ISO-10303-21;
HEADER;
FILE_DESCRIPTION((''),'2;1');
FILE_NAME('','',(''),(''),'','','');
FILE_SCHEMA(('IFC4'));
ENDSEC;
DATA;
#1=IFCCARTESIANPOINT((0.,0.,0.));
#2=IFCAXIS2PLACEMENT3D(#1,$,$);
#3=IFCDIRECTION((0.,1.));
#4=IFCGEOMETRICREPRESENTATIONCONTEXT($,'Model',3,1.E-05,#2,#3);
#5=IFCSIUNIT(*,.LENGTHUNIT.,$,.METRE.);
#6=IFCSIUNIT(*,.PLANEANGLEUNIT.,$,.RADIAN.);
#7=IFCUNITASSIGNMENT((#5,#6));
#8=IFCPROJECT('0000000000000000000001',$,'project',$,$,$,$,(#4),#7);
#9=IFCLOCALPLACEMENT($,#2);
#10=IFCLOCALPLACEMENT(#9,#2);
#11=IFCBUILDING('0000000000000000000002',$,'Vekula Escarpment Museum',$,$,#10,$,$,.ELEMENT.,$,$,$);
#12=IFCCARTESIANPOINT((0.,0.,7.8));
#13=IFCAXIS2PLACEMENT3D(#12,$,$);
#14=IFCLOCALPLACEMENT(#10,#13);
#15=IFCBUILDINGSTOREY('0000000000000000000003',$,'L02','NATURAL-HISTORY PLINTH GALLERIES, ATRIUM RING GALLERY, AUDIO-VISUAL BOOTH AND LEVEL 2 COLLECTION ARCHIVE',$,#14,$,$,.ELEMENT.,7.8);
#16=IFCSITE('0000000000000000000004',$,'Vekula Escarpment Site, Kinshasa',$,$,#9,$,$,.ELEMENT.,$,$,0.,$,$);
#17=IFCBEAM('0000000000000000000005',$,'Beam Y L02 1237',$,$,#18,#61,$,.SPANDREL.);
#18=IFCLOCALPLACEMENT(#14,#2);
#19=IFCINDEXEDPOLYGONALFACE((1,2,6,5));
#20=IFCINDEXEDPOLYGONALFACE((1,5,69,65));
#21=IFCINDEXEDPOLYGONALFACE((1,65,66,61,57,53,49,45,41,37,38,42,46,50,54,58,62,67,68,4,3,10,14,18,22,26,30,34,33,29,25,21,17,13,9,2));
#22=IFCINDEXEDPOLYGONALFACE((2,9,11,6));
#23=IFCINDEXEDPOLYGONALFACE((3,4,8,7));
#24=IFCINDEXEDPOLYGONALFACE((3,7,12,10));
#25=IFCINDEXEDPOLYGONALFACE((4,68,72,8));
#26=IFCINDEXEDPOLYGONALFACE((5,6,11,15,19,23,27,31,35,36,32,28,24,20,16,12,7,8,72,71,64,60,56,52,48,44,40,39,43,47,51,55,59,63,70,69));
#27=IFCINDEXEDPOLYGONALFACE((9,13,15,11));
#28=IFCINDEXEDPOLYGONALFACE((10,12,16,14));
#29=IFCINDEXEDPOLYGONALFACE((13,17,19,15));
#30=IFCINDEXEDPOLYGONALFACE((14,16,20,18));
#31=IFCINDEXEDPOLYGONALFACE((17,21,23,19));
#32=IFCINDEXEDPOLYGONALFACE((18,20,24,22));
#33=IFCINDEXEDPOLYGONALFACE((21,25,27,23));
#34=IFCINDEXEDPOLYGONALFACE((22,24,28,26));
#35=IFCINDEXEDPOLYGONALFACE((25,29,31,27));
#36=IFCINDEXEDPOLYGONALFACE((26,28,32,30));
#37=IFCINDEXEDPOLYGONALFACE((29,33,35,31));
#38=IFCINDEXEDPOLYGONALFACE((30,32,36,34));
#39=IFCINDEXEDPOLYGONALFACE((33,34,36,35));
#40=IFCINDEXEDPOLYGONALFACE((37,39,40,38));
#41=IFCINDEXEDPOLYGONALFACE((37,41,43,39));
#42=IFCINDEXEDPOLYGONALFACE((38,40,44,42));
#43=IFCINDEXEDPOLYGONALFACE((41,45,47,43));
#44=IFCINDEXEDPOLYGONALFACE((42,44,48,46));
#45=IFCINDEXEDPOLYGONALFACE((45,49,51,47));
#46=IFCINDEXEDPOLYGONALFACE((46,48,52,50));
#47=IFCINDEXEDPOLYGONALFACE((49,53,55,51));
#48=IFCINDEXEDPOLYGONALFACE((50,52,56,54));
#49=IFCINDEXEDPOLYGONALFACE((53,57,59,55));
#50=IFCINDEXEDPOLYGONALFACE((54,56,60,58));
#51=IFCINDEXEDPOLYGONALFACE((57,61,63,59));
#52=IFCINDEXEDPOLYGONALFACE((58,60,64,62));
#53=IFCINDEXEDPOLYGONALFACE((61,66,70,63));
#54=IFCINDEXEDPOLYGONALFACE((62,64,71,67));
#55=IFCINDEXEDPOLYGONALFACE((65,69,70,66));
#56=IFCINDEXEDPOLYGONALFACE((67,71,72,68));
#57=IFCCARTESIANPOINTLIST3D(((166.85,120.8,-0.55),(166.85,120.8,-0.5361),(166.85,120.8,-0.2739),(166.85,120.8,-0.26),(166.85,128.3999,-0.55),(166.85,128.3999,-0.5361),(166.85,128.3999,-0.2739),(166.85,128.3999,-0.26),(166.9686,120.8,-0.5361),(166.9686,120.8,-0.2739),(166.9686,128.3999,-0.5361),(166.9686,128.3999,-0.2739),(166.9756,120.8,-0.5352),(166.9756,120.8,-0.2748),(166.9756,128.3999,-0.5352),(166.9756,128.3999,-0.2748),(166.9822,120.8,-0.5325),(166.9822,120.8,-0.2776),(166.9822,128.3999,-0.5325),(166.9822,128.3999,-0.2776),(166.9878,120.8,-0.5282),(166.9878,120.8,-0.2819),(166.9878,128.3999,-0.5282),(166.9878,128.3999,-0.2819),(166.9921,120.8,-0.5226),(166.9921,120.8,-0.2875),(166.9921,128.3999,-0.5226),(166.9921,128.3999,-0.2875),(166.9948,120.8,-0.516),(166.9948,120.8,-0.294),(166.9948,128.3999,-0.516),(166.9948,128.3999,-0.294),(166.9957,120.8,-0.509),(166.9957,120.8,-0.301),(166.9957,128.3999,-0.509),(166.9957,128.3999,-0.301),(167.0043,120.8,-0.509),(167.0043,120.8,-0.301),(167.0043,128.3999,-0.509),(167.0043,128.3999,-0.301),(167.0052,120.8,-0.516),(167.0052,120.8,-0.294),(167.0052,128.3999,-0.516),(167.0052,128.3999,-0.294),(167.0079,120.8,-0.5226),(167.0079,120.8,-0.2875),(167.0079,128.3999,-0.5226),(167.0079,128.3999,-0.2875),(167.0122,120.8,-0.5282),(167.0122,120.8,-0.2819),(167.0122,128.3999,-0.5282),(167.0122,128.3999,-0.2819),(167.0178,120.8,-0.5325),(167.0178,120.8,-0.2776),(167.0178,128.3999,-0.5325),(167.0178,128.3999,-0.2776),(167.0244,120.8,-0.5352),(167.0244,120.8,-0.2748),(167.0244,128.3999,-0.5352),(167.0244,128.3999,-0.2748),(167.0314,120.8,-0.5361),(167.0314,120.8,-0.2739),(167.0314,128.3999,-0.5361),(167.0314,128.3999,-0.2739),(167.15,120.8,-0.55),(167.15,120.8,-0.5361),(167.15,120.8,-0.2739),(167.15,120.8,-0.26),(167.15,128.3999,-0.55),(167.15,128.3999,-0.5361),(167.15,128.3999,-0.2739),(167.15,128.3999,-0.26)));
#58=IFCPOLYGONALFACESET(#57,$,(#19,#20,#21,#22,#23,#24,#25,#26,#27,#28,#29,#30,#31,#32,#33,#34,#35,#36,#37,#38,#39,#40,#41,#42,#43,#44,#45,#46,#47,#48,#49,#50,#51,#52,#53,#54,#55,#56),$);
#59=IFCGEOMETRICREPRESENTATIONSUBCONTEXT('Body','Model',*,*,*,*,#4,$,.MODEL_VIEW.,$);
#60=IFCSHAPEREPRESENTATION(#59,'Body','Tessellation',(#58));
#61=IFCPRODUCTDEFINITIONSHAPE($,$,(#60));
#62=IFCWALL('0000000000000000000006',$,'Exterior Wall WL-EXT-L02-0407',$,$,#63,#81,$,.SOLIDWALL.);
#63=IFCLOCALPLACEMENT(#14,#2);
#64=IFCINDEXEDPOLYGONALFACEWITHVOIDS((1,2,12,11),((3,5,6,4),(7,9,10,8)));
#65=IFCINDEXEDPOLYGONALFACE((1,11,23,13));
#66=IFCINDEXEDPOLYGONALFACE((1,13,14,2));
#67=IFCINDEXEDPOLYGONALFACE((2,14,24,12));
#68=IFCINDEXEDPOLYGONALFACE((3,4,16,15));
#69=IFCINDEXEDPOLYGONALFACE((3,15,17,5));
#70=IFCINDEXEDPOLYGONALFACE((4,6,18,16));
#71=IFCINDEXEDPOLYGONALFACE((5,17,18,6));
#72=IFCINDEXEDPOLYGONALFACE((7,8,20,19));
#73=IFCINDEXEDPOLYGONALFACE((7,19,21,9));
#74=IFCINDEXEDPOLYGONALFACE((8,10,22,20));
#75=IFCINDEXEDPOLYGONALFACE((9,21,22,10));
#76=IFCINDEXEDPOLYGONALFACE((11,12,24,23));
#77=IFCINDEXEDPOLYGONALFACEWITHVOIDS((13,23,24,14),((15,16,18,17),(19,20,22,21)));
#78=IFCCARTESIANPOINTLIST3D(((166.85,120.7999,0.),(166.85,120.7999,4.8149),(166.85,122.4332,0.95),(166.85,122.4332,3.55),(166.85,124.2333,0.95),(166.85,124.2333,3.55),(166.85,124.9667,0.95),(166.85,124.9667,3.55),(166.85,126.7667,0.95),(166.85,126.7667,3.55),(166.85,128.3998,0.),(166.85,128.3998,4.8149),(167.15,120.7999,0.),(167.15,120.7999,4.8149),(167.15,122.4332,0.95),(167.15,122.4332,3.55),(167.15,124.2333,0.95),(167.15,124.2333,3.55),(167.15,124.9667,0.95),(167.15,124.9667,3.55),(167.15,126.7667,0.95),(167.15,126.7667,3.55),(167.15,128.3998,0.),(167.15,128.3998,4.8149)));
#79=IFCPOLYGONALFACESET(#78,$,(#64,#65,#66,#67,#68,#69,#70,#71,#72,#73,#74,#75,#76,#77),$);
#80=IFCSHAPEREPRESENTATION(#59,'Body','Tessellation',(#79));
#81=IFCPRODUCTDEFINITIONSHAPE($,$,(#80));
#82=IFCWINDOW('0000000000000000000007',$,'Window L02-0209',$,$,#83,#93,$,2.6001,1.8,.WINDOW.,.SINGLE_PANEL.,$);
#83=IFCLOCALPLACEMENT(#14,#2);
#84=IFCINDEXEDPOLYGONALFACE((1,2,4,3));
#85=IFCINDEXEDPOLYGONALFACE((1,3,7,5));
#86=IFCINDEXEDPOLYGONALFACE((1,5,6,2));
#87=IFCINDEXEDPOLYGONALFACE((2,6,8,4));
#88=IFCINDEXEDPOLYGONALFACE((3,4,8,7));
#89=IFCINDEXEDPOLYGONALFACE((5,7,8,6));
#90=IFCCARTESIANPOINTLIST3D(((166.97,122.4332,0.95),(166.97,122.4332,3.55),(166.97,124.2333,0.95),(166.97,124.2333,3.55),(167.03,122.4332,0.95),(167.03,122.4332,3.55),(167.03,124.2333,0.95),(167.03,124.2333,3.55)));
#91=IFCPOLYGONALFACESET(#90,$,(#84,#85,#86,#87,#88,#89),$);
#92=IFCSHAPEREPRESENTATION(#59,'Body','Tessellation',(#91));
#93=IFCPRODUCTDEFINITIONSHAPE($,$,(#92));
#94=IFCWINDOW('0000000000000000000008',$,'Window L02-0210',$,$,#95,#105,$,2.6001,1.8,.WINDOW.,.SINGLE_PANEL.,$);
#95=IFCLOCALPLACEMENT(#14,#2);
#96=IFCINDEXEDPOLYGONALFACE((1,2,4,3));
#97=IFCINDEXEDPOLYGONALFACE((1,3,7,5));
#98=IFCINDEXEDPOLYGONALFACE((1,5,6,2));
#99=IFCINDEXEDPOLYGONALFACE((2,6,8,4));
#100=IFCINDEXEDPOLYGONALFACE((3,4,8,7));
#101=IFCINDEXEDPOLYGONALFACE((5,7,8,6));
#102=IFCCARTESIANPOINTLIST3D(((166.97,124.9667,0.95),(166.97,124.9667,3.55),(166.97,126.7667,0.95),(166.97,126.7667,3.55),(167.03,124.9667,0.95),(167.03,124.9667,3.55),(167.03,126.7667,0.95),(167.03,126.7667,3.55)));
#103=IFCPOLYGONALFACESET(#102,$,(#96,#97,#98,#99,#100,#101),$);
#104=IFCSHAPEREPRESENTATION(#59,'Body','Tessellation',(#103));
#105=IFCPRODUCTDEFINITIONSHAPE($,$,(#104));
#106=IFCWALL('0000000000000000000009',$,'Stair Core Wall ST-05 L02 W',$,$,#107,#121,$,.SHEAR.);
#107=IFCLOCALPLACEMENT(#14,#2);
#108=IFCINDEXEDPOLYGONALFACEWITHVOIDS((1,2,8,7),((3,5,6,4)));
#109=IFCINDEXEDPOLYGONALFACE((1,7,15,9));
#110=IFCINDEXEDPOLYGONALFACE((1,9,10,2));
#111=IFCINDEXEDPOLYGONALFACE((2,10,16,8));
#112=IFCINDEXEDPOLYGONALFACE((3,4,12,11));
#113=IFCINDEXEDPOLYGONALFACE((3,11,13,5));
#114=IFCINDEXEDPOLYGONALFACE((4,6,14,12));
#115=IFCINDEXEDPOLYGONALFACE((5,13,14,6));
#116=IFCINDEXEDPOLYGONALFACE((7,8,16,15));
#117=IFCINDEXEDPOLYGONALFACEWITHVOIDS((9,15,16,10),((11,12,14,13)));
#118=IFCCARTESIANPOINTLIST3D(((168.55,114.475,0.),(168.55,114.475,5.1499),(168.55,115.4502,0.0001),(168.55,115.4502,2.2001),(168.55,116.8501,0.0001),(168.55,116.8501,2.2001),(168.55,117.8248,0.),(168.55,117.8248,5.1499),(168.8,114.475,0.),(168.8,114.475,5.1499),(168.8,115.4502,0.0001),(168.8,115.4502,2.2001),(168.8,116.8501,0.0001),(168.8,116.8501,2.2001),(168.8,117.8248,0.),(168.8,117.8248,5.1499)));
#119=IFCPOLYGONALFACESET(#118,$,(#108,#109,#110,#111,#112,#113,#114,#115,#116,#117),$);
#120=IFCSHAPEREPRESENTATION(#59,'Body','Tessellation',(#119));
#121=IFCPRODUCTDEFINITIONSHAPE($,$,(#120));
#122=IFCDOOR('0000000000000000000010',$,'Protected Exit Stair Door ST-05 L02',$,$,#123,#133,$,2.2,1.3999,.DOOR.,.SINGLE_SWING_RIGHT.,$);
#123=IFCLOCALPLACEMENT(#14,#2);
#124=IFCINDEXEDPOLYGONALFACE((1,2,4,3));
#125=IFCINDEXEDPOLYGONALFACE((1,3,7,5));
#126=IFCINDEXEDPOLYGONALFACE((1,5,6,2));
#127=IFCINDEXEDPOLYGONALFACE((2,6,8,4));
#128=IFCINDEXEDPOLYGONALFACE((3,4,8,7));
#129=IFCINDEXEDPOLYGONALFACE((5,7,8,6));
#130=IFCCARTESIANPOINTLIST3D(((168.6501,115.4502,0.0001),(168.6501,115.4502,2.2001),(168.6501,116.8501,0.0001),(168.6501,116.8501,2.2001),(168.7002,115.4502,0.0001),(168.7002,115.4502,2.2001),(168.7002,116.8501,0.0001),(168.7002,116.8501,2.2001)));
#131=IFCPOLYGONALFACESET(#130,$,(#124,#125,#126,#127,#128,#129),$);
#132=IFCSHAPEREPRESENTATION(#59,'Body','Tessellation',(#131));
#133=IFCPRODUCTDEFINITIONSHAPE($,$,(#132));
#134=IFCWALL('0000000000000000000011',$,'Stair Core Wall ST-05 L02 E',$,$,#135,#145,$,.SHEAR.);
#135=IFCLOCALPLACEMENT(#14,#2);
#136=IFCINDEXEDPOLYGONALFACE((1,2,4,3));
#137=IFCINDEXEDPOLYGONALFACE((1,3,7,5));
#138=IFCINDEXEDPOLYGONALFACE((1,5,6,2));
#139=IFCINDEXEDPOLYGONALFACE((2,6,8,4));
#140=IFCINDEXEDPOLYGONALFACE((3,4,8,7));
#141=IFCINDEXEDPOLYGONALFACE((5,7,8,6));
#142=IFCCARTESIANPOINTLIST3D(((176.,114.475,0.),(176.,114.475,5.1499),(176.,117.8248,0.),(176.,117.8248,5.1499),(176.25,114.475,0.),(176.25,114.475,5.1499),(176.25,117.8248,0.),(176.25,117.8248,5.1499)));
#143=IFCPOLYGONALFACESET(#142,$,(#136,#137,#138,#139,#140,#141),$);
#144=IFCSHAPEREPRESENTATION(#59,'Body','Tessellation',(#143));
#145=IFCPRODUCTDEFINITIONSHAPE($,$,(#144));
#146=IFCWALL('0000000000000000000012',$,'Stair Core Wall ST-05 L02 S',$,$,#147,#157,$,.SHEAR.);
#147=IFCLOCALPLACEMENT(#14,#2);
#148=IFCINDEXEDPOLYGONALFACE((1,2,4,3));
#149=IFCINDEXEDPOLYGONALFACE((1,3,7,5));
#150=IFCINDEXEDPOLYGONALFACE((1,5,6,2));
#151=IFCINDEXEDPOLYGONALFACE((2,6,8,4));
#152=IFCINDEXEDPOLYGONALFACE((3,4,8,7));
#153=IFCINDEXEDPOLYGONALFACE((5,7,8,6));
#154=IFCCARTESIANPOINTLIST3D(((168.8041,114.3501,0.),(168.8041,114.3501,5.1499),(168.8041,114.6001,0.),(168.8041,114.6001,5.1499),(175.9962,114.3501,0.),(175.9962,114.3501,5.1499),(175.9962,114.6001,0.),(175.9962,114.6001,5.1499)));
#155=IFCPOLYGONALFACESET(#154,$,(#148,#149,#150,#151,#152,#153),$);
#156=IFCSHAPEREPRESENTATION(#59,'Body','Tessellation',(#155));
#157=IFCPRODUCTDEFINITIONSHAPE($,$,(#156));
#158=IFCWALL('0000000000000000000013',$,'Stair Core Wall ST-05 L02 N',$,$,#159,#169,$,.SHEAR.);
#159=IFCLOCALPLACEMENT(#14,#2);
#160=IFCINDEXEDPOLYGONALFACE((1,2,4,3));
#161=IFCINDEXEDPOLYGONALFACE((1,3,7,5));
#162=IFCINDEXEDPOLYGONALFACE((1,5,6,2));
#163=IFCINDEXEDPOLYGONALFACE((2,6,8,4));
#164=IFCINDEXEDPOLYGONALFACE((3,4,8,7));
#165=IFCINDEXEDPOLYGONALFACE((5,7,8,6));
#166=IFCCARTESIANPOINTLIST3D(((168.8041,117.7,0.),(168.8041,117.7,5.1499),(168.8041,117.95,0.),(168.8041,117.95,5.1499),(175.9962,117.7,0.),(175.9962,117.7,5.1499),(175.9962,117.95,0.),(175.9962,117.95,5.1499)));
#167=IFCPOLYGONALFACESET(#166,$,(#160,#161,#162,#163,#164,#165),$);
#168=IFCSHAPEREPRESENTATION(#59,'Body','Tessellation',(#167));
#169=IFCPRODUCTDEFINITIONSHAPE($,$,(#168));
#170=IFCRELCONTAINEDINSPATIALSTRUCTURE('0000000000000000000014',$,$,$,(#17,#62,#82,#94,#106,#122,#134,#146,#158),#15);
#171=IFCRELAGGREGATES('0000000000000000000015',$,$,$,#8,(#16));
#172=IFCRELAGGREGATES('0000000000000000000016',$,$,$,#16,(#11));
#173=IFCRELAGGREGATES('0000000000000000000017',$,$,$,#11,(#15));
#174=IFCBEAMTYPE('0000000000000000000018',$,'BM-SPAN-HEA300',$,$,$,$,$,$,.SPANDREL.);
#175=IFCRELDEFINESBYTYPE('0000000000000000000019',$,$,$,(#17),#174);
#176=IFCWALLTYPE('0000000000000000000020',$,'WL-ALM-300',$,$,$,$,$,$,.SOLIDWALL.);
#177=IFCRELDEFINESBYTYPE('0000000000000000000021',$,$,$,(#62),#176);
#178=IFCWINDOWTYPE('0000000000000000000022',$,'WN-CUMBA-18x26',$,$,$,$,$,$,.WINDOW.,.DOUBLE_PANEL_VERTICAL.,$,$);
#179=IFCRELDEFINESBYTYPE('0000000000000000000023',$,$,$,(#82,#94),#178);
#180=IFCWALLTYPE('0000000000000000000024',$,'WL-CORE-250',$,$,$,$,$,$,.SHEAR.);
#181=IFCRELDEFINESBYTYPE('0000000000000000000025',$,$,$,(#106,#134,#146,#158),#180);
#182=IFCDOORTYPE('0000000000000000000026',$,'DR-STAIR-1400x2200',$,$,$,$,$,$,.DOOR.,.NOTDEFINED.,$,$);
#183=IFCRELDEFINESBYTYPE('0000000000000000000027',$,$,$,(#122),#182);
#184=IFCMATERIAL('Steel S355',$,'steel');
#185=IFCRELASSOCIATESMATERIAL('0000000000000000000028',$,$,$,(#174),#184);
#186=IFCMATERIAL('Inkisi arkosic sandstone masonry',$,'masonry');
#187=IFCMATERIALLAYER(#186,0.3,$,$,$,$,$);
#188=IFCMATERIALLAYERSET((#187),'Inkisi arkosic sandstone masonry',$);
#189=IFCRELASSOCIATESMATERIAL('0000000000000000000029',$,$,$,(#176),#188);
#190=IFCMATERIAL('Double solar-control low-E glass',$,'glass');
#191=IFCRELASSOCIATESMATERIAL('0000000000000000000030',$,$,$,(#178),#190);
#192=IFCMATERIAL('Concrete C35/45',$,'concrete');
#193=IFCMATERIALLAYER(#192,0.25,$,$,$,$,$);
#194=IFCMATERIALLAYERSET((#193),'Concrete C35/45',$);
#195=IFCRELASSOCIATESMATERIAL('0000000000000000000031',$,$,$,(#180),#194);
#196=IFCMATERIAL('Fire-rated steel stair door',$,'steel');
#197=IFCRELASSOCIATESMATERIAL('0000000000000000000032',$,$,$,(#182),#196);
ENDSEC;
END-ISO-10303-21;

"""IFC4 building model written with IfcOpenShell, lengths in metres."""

from ifc_helpers import new_model, si_unit, direction, frame, frame_2d, origin, origin_2d, place, context, subcontext, project, spatial, rectangle, i_section, extrude, material, layer, layer_set, material_profile, profile_set, type_object, element, fill, save


model = new_model("IFC4")

# Units and contexts
model_context = context("Model", 3, precision=1e-05, world=origin(), true_north=direction((0.0, 1.0)))
body_context = subcontext(model_context, "Body", "Model", "MODEL_VIEW")
ifc_project = project(units=[si_unit("LENGTHUNIT", "METRE"), si_unit("PLANEANGLEUNIT", "RADIAN")], contexts=[model_context])

# Site, building, storey
site_placement = place(None, origin())
site = spatial("IfcSite", under=ifc_project, at=site_placement, Name="Vekula Escarpment Site, Kinshasa", CompositionType="ELEMENT", RefElevation=0.0)
building_placement = place(site_placement, origin())
building = spatial("IfcBuilding", under=site, at=building_placement, Name="Vekula Escarpment Museum", CompositionType="ELEMENT")
storey_placement = place(building_placement, frame((0.0, 0.0, 7.8)))
storey = spatial("IfcBuildingStorey", under=building, at=storey_placement, Name="L02", Description="NATURAL-HISTORY PLINTH GALLERIES, ATRIUM RING GALLERY, AUDIO-VISUAL BOOTH AND LEVEL 2 COLLECTION ARCHIVE", CompositionType="ELEMENT", Elevation=7.8)

# Beam
ifc_material_1 = material(Name="Steel S355", Category="steel")
ifc_material_profile_1 = material_profile(ifc_material_1, i_section(OverallWidth=0.3, OverallDepth=0.29, WebThickness=0.0085, FlangeThickness=0.0139, FilletRadius=0.0271, at=origin_2d()), Name="HEA 300")
ifc_profile_set_1 = profile_set([ifc_material_profile_1], Name="Steel S355")
beam_type_1 = type_object("IfcBeamType", Name="BM-SPAN-HEA300", PredefinedType="SPANDREL", material=ifc_profile_set_1)
beam_1_placement = place(storey_placement, frame((167.0, 120.8, -0.405), z_axis=(0.0, 1.0, 0.0), x_axis=(-1.0, 0.0, 0.0)))
element("IfcBeam", 1, at=beam_1_placement, inside=storey, type_object=beam_type_1, Name="Beam Y L02 1237", PredefinedType="SPANDREL", context=body_context, shape_type="SweptSolid", body=[
    extrude(i_section(OverallWidth=0.3, OverallDepth=0.29, WebThickness=0.0085, FlangeThickness=0.0139, FilletRadius=0.0271, at=origin_2d()), origin(), (0.0, 0.0, 1.0), 7.5999),
])

# Wall, openings, windows
ifc_material_2 = material(Name="Inkisi arkosic sandstone masonry", Category="masonry")
ifc_layer_1 = layer(ifc_material_2, 0.3)
ifc_layer_set_1 = layer_set([ifc_layer_1], Name="Inkisi arkosic sandstone masonry")
wall_type_1 = type_object("IfcWallType", Name="WL-ALM-300", PredefinedType="SOLIDWALL", material=ifc_layer_set_1)
wall_1_placement = place(storey_placement, frame((167.0, 120.8, 0.0), z_axis=(0.0, 0.0, 1.0), x_axis=(0.0, 1.0, 0.0)))
wall_1 = element("IfcWall", 2, at=wall_1_placement, inside=storey, type_object=wall_type_1, Name="Exterior Wall WL-EXT-L02-0407", PredefinedType="SOLIDWALL", context=body_context, shape_type="SweptSolid", body=[
    extrude(rectangle(XDim=7.5999, YDim=0.3, at=frame_2d((3.7998, 0.0))), origin(), (0.0, 0.0, 1.0), 4.8149),
])
opening_1_placement = place(wall_1_placement, frame((1.6333, 0.0, 0.95)))
opening_1 = element("IfcOpeningElement", 3, at=opening_1_placement, cuts=wall_1, PredefinedType="OPENING", context=body_context, shape_type="SweptSolid", body=[
    extrude(rectangle(XDim=1.8, YDim=2.6001, at=frame_2d((0.8999, 1.3))), frame((0.0, 0.1599, 0.0), z_axis=(0.0, -1.0, 0.0), x_axis=(1.0, 0.0, 0.0)), (0.0, 0.0, 1.0), 0.3201),
])
opening_2_placement = place(wall_1_placement, frame((4.1667, 0.0, 0.95)))
opening_2 = element("IfcOpeningElement", 4, at=opening_2_placement, cuts=wall_1, PredefinedType="OPENING", context=body_context, shape_type="SweptSolid", body=[
    extrude(rectangle(XDim=1.8, YDim=2.6001, at=frame_2d((0.8999, 1.3))), frame((0.0, 0.1599, 0.0), z_axis=(0.0, -1.0, 0.0), x_axis=(1.0, 0.0, 0.0)), (0.0, 0.0, 1.0), 0.3201),
])
ifc_material_3 = material(Name="Double solar-control low-E glass", Category="glass")
window_type = type_object("IfcWindowType", Name="WN-CUMBA-18x26", PartitioningType="DOUBLE_PANEL_VERTICAL", PredefinedType="WINDOW", material=ifc_material_3)
window_1_placement = place(opening_1_placement, origin())
window_1 = element("IfcWindow", 5, at=window_1_placement, inside=storey, type_object=window_type, Name="Window L02-0209", OverallHeight=2.6001, OverallWidth=1.8, PartitioningType="SINGLE_PANEL", PredefinedType="WINDOW", context=body_context, shape_type="SweptSolid", body=[
    extrude(rectangle(XDim=1.8, YDim=2.6001, at=frame_2d((0.8999, 1.3))), frame((0.0, 0.03, 0.0), z_axis=(0.0, -1.0, 0.0), x_axis=(1.0, 0.0, 0.0)), (0.0, 0.0, 1.0), 0.0601),
])
fill(opening_1, window_1)
window_2_placement = place(opening_2_placement, origin())
window_2 = element("IfcWindow", 6, at=window_2_placement, inside=storey, type_object=window_type, Name="Window L02-0210", OverallHeight=2.6001, OverallWidth=1.8, PartitioningType="SINGLE_PANEL", PredefinedType="WINDOW", context=body_context, shape_type="SweptSolid", body=[
    extrude(rectangle(XDim=1.8, YDim=2.6001, at=frame_2d((0.8999, 1.3))), frame((0.0, 0.03, 0.0), z_axis=(0.0, -1.0, 0.0), x_axis=(1.0, 0.0, 0.0)), (0.0, 0.0, 1.0), 0.0601),
])
fill(opening_2, window_2)

# Wall, opening, door
ifc_material_4 = material(Name="Concrete C35/45", Category="concrete")
ifc_layer_2 = layer(ifc_material_4, 0.25)
ifc_layer_set_2 = layer_set([ifc_layer_2], Name="Concrete C35/45")
wall_type_2 = type_object("IfcWallType", Name="WL-CORE-250", PredefinedType="SHEAR", material=ifc_layer_set_2)
wall_2_placement = place(storey_placement, frame((168.675, 114.4751, 0.0), z_axis=(0.0, 0.0, 1.0), x_axis=(0.0, 1.0, 0.0)))
wall_2 = element("IfcWall", 7, at=wall_2_placement, inside=storey, type_object=wall_type_2, Name="Stair Core Wall ST-05 L02 W", PredefinedType="SHEAR", context=body_context, shape_type="SweptSolid", body=[
    extrude(rectangle(XDim=3.3499, YDim=0.25, at=frame_2d((1.6748, 0.0))), origin(), (0.0, 0.0, 1.0), 5.1499),
])
opening_3_placement = place(wall_2_placement, frame((0.9751, 0.0, 0.0)))
opening_3 = element("IfcOpeningElement", 8, at=opening_3_placement, cuts=wall_2, PredefinedType="OPENING", context=body_context, shape_type="SweptSolid", body=[
    extrude(rectangle(XDim=1.3999, YDim=2.2, at=frame_2d((0.7, 1.1001))), frame((0.0, 0.135, 0.0), z_axis=(0.0, -1.0, 0.0), x_axis=(1.0, 0.0, 0.0)), (0.0, 0.0, 1.0), 0.27),
])
ifc_material_5 = material(Name="Fire-rated steel stair door", Category="steel")
door_type_1 = type_object("IfcDoorType", Name="DR-STAIR-1400x2200", OperationType="NOTDEFINED", PredefinedType="DOOR", material=ifc_material_5)
door_1_placement = place(opening_3_placement, origin())
door_1 = element("IfcDoor", 9, at=door_1_placement, inside=storey, type_object=door_type_1, Name="Protected Exit Stair Door ST-05 L02", OperationType="SINGLE_SWING_RIGHT", OverallHeight=2.2, OverallWidth=1.3999, PredefinedType="DOOR", context=body_context, shape_type="SweptSolid", body=[
    extrude(rectangle(XDim=1.3999, YDim=2.2, at=frame_2d((0.7, 1.1001))), frame((0.0, 0.0249, 0.0), z_axis=(0.0, -1.0, 0.0), x_axis=(1.0, 0.0, 0.0)), (0.0, 0.0, 1.0), 0.05),
])
fill(opening_3, door_1)

# Walls
wall_3_placement = place(storey_placement, frame((176.125, 114.4751, 0.0), z_axis=(0.0, 0.0, 1.0), x_axis=(0.0, 1.0, 0.0)))
element("IfcWall", 10, at=wall_3_placement, inside=storey, type_object=wall_type_2, Name="Stair Core Wall ST-05 L02 E", PredefinedType="SHEAR", context=body_context, shape_type="SweptSolid", body=[
    extrude(rectangle(XDim=3.3499, YDim=0.25, at=frame_2d((1.6748, 0.0))), origin(), (0.0, 0.0, 1.0), 5.1499),
])
for number, where, z_axis, x_axis, name in (
    (11, (168.804, 114.4751, 0.0), (0.0, 0.0, 1.0), (1.0, 0.0, 0.0), "Stair Core Wall ST-05 L02 S"),
    (12, (168.804, 117.825, 0.0), (0.0, 0.0, 1.0), (1.0, 0.0, 0.0), "Stair Core Wall ST-05 L02 N"),
):
    element("IfcWall", number, at=place(storey_placement, frame(where, z_axis=z_axis, x_axis=x_axis)), inside=storey, type_object=wall_type_2, Name=name, PredefinedType="SHEAR", context=body_context, shape_type="SweptSolid", body=[
        extrude(rectangle(XDim=7.1921, YDim=0.25, at=frame_2d((3.5962, 0.0))), origin(), (0.0, 0.0, 1.0), 5.1499),
    ])

save(model, "model.ifc")
